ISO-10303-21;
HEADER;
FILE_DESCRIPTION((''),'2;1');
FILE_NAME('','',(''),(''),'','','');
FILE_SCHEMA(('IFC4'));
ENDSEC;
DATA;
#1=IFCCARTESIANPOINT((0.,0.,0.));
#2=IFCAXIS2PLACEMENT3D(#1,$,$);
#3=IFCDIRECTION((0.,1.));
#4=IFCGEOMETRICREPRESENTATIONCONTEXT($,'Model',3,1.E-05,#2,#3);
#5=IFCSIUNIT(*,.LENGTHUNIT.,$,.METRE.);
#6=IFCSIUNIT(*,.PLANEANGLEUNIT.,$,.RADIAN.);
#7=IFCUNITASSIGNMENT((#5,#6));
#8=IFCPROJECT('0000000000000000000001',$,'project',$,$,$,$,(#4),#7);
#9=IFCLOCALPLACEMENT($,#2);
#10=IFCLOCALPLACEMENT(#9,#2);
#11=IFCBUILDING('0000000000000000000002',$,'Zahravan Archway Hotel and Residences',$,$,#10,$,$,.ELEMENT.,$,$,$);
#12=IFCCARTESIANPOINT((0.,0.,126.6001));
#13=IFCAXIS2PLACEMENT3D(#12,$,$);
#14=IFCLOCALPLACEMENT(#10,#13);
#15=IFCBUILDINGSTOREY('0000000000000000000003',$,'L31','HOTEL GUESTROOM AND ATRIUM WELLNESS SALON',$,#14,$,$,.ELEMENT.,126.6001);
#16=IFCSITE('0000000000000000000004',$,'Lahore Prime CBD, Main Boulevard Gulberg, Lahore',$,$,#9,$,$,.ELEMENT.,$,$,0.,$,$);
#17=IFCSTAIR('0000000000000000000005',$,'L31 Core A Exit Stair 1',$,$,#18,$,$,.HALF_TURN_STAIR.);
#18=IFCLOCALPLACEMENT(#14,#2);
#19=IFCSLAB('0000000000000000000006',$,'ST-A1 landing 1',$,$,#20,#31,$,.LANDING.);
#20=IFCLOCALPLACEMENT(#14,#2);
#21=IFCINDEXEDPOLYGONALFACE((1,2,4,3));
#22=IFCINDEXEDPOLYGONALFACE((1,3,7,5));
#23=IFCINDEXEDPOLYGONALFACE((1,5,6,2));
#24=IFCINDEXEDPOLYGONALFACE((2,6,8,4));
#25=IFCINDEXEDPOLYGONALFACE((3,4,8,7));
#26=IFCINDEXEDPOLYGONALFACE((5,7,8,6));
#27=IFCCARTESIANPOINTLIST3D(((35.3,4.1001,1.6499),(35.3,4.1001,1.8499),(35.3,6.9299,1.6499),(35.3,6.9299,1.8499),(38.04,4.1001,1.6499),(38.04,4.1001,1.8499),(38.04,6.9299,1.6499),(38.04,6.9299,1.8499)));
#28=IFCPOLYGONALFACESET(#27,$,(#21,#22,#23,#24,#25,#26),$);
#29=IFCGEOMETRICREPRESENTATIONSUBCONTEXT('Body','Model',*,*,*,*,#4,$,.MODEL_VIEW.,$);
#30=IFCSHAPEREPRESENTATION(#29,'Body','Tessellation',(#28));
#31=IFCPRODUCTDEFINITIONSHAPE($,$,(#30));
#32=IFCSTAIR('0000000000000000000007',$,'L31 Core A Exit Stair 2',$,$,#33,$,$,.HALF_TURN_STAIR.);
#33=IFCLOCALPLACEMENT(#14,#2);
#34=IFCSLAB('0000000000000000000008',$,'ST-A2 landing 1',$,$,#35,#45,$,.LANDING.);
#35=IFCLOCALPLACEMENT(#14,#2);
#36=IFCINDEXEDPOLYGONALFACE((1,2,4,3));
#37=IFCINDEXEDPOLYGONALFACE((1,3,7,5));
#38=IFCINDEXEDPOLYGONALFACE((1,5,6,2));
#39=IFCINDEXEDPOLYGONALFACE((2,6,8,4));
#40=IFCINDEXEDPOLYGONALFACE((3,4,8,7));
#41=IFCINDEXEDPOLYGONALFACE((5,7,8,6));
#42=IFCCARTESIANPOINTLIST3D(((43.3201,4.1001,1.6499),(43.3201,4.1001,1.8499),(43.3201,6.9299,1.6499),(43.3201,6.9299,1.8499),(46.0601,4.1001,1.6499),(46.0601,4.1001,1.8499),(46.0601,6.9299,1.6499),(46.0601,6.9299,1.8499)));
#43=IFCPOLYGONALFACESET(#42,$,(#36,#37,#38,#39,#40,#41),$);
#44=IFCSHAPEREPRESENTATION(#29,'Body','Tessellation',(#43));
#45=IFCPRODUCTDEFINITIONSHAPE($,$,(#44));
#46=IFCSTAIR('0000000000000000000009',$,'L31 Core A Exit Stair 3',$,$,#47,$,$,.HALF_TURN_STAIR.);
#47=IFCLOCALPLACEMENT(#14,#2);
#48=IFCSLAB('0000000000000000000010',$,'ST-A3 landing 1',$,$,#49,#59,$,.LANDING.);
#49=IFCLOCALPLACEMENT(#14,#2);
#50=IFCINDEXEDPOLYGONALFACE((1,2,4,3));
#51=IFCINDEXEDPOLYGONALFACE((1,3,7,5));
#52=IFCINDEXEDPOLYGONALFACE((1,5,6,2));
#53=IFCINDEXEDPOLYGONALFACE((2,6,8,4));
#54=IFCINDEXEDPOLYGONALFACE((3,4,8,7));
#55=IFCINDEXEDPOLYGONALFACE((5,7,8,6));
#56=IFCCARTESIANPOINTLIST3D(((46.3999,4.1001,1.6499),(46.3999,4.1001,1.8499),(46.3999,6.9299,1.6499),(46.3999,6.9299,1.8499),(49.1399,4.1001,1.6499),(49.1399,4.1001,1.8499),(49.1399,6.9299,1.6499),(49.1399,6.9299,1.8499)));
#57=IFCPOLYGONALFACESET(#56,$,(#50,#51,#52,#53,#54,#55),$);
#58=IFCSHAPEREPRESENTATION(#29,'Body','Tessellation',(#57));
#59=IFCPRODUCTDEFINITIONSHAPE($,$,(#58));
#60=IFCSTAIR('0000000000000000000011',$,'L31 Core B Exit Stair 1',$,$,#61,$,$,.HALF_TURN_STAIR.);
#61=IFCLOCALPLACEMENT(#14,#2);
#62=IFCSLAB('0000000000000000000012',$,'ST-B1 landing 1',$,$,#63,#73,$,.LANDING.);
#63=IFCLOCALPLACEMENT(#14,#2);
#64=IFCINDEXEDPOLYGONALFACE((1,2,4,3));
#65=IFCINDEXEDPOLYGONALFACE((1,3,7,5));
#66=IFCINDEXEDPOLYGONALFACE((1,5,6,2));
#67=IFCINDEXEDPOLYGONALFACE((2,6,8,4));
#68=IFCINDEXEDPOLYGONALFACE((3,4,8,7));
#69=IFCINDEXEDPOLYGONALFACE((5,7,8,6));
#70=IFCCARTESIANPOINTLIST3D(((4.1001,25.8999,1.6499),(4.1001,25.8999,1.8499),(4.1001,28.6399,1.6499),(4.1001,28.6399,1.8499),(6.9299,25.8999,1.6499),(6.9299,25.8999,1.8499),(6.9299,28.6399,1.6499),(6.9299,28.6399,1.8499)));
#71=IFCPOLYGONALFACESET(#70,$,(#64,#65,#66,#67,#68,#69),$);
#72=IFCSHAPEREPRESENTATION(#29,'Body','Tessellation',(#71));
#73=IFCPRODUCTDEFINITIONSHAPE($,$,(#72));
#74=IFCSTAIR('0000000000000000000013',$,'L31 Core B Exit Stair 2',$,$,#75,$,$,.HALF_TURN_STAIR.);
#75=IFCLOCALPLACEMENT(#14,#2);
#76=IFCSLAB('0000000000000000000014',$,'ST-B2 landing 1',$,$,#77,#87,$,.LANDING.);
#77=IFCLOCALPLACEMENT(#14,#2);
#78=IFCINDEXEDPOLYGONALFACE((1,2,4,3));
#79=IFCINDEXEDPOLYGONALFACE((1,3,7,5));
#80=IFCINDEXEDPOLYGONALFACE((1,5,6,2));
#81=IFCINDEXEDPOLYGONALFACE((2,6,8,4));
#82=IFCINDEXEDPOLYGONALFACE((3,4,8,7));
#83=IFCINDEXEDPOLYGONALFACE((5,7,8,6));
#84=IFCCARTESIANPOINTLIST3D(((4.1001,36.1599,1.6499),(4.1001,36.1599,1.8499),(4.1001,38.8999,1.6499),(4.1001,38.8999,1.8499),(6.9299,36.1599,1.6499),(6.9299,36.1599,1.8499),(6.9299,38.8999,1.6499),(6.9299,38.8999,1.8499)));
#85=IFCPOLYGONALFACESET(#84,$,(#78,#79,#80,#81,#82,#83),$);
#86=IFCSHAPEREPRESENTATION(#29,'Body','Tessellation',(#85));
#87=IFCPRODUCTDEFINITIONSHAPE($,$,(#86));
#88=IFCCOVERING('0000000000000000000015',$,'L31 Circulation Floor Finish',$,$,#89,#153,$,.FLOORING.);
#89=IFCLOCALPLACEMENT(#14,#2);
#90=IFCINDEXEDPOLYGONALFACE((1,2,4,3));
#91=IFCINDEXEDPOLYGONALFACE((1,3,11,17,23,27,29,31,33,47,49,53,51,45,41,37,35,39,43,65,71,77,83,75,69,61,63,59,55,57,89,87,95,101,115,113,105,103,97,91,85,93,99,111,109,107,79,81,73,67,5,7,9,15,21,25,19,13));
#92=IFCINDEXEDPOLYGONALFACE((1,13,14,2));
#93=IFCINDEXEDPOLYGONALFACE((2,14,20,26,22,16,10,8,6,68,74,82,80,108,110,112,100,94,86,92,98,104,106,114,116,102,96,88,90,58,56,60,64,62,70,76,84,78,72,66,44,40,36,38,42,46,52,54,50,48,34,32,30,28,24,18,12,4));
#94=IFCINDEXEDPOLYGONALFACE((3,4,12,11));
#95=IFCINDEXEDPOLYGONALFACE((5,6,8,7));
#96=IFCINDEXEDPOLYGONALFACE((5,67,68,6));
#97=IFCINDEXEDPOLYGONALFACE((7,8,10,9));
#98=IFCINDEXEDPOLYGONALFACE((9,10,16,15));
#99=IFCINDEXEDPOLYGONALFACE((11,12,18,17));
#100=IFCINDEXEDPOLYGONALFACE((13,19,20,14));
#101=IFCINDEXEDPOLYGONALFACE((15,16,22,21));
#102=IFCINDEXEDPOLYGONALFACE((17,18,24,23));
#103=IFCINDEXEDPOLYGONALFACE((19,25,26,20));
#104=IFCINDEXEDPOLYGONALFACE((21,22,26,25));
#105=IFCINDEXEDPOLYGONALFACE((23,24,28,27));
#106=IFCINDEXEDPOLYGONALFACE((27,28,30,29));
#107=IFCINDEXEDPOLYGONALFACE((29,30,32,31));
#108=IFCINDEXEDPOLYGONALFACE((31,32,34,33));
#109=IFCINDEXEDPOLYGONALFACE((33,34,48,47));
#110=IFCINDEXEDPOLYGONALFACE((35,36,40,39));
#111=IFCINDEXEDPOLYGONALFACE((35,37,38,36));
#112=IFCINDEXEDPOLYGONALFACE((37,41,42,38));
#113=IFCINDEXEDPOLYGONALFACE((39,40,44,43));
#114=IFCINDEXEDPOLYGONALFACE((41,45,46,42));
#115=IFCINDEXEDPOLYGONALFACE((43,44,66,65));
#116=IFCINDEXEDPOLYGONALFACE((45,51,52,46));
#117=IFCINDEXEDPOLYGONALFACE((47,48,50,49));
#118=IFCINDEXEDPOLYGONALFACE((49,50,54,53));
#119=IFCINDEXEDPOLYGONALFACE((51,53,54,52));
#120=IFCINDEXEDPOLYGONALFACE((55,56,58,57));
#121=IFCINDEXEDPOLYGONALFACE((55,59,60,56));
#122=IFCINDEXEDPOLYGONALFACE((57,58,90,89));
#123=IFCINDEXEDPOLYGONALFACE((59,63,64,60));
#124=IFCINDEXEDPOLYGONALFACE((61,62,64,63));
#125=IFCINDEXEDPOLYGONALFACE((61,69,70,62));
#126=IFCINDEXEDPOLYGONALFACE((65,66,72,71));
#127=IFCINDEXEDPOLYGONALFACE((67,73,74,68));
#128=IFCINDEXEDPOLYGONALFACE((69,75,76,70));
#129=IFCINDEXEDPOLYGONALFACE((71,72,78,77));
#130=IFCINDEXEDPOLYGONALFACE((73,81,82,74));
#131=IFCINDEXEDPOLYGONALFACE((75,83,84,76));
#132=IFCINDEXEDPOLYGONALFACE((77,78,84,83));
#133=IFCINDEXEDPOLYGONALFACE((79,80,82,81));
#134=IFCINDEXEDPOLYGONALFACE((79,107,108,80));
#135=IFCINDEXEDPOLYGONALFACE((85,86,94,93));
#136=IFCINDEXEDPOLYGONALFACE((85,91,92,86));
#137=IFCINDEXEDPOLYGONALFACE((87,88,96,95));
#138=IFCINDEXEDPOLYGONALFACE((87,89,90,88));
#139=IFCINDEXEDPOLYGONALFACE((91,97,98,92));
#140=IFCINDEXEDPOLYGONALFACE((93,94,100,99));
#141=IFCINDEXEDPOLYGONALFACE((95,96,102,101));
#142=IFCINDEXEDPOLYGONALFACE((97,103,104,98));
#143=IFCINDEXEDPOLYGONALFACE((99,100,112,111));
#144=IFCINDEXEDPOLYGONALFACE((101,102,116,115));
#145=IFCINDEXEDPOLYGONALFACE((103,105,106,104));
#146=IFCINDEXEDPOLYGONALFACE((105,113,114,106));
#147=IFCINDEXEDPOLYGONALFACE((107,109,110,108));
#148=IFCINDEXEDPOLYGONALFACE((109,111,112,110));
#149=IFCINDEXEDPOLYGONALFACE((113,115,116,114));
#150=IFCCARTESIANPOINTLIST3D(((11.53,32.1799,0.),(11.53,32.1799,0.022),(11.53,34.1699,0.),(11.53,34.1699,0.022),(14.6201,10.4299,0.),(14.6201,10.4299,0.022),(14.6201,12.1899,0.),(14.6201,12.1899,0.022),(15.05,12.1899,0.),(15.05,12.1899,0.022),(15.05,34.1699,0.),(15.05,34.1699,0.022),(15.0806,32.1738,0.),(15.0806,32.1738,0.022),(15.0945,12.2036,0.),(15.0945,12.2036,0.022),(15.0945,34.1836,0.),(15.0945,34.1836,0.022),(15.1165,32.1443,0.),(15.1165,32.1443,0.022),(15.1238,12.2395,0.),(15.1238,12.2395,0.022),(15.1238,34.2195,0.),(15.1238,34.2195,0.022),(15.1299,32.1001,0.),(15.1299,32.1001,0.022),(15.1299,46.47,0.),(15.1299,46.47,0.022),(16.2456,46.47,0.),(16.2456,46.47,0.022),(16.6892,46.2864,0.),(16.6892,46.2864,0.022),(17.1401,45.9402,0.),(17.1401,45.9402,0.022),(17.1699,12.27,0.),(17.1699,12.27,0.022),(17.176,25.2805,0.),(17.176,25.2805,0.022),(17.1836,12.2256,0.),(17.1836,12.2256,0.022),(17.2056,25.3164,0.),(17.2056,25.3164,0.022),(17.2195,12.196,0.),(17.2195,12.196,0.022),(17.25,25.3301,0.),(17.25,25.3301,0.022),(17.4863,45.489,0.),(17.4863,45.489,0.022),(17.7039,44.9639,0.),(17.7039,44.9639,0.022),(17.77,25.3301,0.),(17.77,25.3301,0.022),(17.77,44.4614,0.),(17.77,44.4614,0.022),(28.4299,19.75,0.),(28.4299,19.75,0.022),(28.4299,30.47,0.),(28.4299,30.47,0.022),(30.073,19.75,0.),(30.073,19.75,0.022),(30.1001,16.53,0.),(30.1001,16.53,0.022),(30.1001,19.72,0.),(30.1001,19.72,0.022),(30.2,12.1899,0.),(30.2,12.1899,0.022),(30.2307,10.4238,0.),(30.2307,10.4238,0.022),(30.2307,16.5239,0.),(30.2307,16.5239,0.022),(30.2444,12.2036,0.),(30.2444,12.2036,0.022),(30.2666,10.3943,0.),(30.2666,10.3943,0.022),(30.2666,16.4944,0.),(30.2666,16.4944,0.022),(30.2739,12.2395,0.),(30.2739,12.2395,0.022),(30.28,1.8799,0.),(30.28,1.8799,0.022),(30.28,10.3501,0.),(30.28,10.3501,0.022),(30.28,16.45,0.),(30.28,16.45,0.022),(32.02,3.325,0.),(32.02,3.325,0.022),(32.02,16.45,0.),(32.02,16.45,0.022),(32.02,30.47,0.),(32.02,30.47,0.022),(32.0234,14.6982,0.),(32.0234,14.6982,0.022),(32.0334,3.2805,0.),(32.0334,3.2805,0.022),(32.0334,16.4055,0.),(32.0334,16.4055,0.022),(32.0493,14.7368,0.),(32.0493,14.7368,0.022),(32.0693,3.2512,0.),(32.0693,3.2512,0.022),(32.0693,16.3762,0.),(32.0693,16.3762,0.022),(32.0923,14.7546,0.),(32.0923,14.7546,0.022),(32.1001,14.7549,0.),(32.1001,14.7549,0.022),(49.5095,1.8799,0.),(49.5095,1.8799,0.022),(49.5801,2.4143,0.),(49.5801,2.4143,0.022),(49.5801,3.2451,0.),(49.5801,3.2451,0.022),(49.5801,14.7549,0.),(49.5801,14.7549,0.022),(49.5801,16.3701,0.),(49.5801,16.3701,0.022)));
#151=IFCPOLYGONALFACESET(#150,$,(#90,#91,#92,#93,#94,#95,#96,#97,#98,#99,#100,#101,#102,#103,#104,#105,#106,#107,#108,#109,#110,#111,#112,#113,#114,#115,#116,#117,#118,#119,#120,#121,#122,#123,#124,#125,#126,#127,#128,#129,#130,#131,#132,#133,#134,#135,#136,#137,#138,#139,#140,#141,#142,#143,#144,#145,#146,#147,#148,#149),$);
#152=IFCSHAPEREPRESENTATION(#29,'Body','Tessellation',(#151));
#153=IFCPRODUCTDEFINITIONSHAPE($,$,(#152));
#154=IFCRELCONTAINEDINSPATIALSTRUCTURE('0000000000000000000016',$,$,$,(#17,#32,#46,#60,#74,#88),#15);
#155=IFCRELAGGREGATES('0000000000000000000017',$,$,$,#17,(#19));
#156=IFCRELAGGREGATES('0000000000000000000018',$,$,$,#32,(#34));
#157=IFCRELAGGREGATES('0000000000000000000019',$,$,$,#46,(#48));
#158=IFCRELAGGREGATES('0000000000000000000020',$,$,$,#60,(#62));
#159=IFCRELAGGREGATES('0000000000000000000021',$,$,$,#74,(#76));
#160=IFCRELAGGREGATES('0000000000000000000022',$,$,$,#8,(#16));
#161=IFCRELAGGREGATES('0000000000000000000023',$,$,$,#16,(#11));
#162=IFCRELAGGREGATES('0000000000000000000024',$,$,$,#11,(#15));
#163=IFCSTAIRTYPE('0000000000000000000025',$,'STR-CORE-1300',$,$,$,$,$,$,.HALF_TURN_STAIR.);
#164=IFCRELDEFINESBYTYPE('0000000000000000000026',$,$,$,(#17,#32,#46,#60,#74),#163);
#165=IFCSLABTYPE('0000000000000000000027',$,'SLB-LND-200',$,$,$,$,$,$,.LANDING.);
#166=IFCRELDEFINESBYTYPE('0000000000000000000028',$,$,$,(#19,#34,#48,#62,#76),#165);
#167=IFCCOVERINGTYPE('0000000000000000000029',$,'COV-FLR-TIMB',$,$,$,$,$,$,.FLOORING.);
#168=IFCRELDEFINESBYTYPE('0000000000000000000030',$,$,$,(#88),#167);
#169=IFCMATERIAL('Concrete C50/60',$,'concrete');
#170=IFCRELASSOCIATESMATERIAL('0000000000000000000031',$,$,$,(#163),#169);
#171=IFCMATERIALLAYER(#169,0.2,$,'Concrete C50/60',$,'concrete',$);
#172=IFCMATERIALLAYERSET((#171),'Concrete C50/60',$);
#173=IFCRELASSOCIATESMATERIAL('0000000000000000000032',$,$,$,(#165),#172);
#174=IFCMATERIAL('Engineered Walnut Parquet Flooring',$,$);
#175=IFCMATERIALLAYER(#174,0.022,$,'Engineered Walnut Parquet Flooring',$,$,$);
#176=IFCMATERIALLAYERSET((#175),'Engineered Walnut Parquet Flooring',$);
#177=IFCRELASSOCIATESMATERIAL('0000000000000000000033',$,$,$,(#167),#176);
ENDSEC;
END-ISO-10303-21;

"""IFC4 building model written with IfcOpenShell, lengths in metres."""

from ifc_helpers import new_model, si_unit, direction, frame, origin, place, context, subcontext, project, spatial, polyline, outline, extrude, material, layer, layer_set, type_object, element, aggregate, save


model = new_model("IFC4")

# Units and contexts
model_context = context("Model", 3, precision=1e-05, world=origin(), true_north=direction((0.0, 1.0)))
body_context = subcontext(model_context, "Body", "Model", "MODEL_VIEW")
ifc_project = project(units=[si_unit("LENGTHUNIT", "METRE"), si_unit("PLANEANGLEUNIT", "RADIAN")], contexts=[model_context])

# Site, building, storey
site_placement = place(None, origin())
site = spatial("IfcSite", under=ifc_project, at=site_placement, Name="Lahore Prime CBD, Main Boulevard Gulberg, Lahore", CompositionType="ELEMENT", RefElevation=0.0)
building_placement = place(site_placement, origin())
building = spatial("IfcBuilding", under=site, at=building_placement, Name="Zahravan Archway Hotel and Residences", CompositionType="ELEMENT")
storey_placement = place(building_placement, frame((0.0, 0.0, 126.6001)))
storey = spatial("IfcBuildingStorey", under=building, at=storey_placement, Name="L31", Description="HOTEL GUESTROOM AND ATRIUM WELLNESS SALON", CompositionType="ELEMENT", Elevation=126.6001)

# Stairs, slabs
ifc_material_1 = material(Name="Concrete C50/60", Category="concrete")
stair_type = type_object("IfcStairType", Name="STR-CORE-1300", PredefinedType="HALF_TURN_STAIR", material=ifc_material_1)
stair_1_placement = place(storey_placement, origin())
stair_1 = element("IfcStair", 1, at=stair_1_placement, inside=storey, type_object=stair_type, Name="L31 Core A Exit Stair 1", PredefinedType="HALF_TURN_STAIR")
ifc_layer_1 = layer(ifc_material_1, 0.2, Name="Concrete C50/60", Category="concrete")
ifc_layer_set_1 = layer_set([ifc_layer_1], Name="Concrete C50/60")
slab_type_1 = type_object("IfcSlabType", Name="SLB-LND-200", PredefinedType="LANDING", material=ifc_layer_set_1)
slab_1_placement = place(storey_placement, frame((0.0, 0.0, 1.6499)))
slab_1 = element("IfcSlab", 2, at=slab_1_placement, type_object=slab_type_1, Name="ST-A1 landing 1", PredefinedType="LANDING", context=body_context, shape_type="SweptSolid", body=[
    extrude(outline(polyline([(35.3, 6.9299), (35.3, 4.1001), (38.04, 4.1001), (38.04, 6.9299), (35.3, 6.9299)])), origin(), (0.0, 0.0, 1.0), 0.2),
])
aggregate(stair_1, [slab_1])
stair_2_placement = place(storey_placement, origin())
stair_2 = element("IfcStair", 3, at=stair_2_placement, inside=storey, type_object=stair_type, Name="L31 Core A Exit Stair 2", PredefinedType="HALF_TURN_STAIR")
slab_2_placement = place(storey_placement, frame((0.0, 0.0, 1.6499)))
slab_2 = element("IfcSlab", 4, at=slab_2_placement, type_object=slab_type_1, Name="ST-A2 landing 1", PredefinedType="LANDING", context=body_context, shape_type="SweptSolid", body=[
    extrude(outline(polyline([(43.3201, 6.9299), (43.3201, 4.1001), (46.0601, 4.1001), (46.0601, 6.9299), (43.3201, 6.9299)])), origin(), (0.0, 0.0, 1.0), 0.2),
])
aggregate(stair_2, [slab_2])
stair_3_placement = place(storey_placement, origin())
stair_3 = element("IfcStair", 5, at=stair_3_placement, inside=storey, type_object=stair_type, Name="L31 Core A Exit Stair 3", PredefinedType="HALF_TURN_STAIR")
slab_3_placement = place(storey_placement, frame((0.0, 0.0, 1.6499)))
slab_3 = element("IfcSlab", 6, at=slab_3_placement, type_object=slab_type_1, Name="ST-A3 landing 1", PredefinedType="LANDING", context=body_context, shape_type="SweptSolid", body=[
    extrude(outline(polyline([(46.3999, 6.9299), (46.3999, 4.1001), (49.1399, 4.1001), (49.1399, 6.9299), (46.3999, 6.9299)])), origin(), (0.0, 0.0, 1.0), 0.2),
])
aggregate(stair_3, [slab_3])
stair_4_placement = place(storey_placement, origin())
stair_4 = element("IfcStair", 7, at=stair_4_placement, inside=storey, type_object=stair_type, Name="L31 Core B Exit Stair 1", PredefinedType="HALF_TURN_STAIR")
slab_4_placement = place(storey_placement, frame((0.0, 0.0, 1.6499)))
slab_4 = element("IfcSlab", 8, at=slab_4_placement, type_object=slab_type_1, Name="ST-B1 landing 1", PredefinedType="LANDING", context=body_context, shape_type="SweptSolid", body=[
    extrude(outline(polyline([(6.9299, 28.6399), (4.1001, 28.6399), (4.1001, 25.8999), (6.9299, 25.8999), (6.9299, 28.6399)])), origin(), (0.0, 0.0, 1.0), 0.2),
])
aggregate(stair_4, [slab_4])
stair_5_placement = place(storey_placement, origin())
stair_5 = element("IfcStair", 9, at=stair_5_placement, inside=storey, type_object=stair_type, Name="L31 Core B Exit Stair 2", PredefinedType="HALF_TURN_STAIR")
slab_5_placement = place(storey_placement, frame((0.0, 0.0, 1.6499)))
slab_5 = element("IfcSlab", 10, at=slab_5_placement, type_object=slab_type_1, Name="ST-B2 landing 1", PredefinedType="LANDING", context=body_context, shape_type="SweptSolid", body=[
    extrude(outline(polyline([(6.9299, 38.8999), (4.1001, 38.8999), (4.1001, 36.1599), (6.9299, 36.1599), (6.9299, 38.8999)])), origin(), (0.0, 0.0, 1.0), 0.2),
])
aggregate(stair_5, [slab_5])

# Covering
ifc_material_2 = material(Name="Engineered Walnut Parquet Flooring")
ifc_layer_2 = layer(ifc_material_2, 0.022, Name="Engineered Walnut Parquet Flooring")
ifc_layer_set_2 = layer_set([ifc_layer_2], Name="Engineered Walnut Parquet Flooring")
covering_type = type_object("IfcCoveringType", Name="COV-FLR-TIMB", PredefinedType="FLOORING", material=ifc_layer_set_2)
covering_placement = place(storey_placement, origin())
element("IfcCovering", 11, at=covering_placement, inside=storey, type_object=covering_type, Name="L31 Circulation Floor Finish", PredefinedType="FLOORING", context=body_context, shape_type="SweptSolid", body=[
    extrude(outline(polyline([(32.0923, 14.7546), (32.0493, 14.7368), (32.0234, 14.6982), (32.02, 3.325), (32.0334, 3.2805), (32.0693, 3.2512), (49.5801, 3.2451), (49.5801, 2.4143), (49.5095, 1.8799), (30.28, 1.8799), (30.28, 10.3501), (30.2666, 10.3943), (30.2307, 10.4238), (14.6201, 10.4299), (14.6201, 12.1899), (15.05, 12.1899), (15.0945, 12.2036), (15.1238, 12.2395), (15.1299, 32.1001), (15.1165, 32.1443), (15.0806, 32.1738), (11.53, 32.1799), (11.53, 34.1699), (15.05, 34.1699), (15.0945, 34.1836), (15.1238, 34.2195), (15.1299, 46.47), (16.2456, 46.47), (16.6892, 46.2864), (17.1401, 45.9402), (17.4863, 45.489), (17.7039, 44.9639), (17.77, 44.4614), (17.77, 25.3301), (17.25, 25.3301), (17.2056, 25.3164), (17.176, 25.2805), (17.1699, 12.27), (17.1836, 12.2256), (17.2195, 12.196), (30.2, 12.1899), (30.2444, 12.2036), (30.2739, 12.2395), (30.28, 16.45), (30.2666, 16.4944), (30.2307, 16.5239), (30.1001, 16.53), (30.1001, 19.72), (30.073, 19.75), (28.4299, 19.75), (28.4299, 30.47), (32.02, 30.47), (32.02, 16.45), (32.0334, 16.4055), (32.0693, 16.3762), (49.5801, 16.3701), (49.5801, 14.7549), (32.1001, 14.7549), (32.0923, 14.7546)])), origin(), (0.0, 0.0, 1.0), 0.022),
])

save(model, "model.ifc")
